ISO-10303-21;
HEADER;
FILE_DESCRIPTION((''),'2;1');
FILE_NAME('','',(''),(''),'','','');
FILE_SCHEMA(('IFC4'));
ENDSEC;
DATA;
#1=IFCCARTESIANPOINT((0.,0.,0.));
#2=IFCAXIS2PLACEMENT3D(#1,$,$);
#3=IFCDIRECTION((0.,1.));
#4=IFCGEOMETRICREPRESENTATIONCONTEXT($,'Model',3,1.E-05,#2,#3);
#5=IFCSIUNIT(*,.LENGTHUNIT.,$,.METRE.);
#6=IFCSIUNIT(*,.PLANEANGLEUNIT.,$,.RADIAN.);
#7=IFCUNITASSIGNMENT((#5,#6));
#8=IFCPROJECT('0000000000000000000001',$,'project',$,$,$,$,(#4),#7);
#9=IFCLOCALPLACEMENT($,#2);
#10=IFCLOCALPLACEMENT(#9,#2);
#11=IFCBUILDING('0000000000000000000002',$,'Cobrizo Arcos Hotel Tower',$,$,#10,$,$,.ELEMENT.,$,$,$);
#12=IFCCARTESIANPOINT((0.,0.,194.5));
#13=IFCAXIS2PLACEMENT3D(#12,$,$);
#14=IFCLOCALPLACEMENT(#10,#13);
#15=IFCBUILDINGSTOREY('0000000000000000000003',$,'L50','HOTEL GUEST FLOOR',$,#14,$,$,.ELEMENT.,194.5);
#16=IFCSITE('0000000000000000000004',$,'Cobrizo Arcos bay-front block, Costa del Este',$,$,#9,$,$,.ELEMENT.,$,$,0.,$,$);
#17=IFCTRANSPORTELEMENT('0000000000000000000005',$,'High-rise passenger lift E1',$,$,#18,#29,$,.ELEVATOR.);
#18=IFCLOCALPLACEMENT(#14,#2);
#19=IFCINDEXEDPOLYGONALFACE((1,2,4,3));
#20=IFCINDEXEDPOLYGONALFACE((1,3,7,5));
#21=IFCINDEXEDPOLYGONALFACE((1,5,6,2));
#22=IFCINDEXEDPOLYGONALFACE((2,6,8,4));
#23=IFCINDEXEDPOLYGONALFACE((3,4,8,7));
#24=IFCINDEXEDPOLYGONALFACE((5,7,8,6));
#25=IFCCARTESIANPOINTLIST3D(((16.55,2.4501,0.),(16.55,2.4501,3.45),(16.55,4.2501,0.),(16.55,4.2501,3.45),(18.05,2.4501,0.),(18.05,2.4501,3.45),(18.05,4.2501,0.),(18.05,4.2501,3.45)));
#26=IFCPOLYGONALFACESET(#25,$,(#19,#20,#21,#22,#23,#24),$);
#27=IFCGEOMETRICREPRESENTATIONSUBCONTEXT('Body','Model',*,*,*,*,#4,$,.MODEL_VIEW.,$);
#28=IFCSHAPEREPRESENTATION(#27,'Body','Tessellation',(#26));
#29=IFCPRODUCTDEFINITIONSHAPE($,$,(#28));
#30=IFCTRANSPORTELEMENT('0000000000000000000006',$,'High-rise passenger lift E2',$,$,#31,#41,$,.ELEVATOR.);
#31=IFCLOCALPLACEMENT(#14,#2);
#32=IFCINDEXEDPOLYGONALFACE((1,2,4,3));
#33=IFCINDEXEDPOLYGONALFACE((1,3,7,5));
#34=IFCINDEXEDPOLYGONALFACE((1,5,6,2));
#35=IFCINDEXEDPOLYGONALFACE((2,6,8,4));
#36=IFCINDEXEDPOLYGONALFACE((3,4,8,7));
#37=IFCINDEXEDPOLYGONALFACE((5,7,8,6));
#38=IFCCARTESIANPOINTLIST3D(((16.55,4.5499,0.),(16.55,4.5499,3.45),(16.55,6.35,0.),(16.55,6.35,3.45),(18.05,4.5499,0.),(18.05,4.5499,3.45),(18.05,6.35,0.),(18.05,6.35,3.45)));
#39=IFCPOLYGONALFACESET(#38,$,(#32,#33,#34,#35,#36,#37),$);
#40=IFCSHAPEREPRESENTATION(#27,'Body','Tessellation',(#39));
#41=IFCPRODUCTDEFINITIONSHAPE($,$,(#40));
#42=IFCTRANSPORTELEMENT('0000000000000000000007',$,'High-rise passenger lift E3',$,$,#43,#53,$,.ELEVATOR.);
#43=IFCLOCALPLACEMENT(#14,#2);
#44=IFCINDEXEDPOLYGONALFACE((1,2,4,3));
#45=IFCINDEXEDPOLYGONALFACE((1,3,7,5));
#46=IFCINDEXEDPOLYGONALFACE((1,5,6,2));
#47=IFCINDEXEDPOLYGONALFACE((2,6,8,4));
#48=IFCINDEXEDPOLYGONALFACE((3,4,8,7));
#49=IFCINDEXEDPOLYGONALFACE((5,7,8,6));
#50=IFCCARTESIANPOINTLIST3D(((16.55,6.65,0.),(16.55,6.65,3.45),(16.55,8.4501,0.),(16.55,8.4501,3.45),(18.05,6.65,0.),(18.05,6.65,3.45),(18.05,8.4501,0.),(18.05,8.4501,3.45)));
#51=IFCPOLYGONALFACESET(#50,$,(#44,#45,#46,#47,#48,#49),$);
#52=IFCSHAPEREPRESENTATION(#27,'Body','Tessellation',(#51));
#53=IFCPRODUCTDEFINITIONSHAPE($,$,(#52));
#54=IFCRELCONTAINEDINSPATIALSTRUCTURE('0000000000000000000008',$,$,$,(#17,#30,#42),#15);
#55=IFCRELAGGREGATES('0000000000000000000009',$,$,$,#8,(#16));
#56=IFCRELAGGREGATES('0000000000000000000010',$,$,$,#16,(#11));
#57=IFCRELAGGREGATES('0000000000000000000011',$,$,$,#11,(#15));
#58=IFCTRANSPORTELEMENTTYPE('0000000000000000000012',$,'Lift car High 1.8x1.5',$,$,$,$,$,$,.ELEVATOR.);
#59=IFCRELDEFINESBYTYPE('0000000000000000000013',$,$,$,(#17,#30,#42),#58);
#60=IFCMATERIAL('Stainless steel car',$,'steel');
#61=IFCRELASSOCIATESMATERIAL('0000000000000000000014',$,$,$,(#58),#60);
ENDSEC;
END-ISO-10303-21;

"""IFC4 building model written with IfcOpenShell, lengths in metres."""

from ifc_helpers import new_model, si_unit, direction, frame, origin, origin_2d, place, context, subcontext, project, spatial, rectangle, extrude, material, type_object, element, save


model = new_model("IFC4")

# Units and contexts
model_context = context("Model", 3, precision=1e-05, world=origin(), true_north=direction((0.0, 1.0)))
body_context = subcontext(model_context, "Body", "Model", "MODEL_VIEW")
ifc_project = project(units=[si_unit("LENGTHUNIT", "METRE"), si_unit("PLANEANGLEUNIT", "RADIAN")], contexts=[model_context])

# Site, building, storey
site_placement = place(None, origin())
site = spatial("IfcSite", under=ifc_project, at=site_placement, Name="Cobrizo Arcos bay-front block, Costa del Este", CompositionType="ELEMENT", RefElevation=0.0)
building_placement = place(site_placement, origin())
building = spatial("IfcBuilding", under=site, at=building_placement, Name="Cobrizo Arcos Hotel Tower", CompositionType="ELEMENT")
storey_placement = place(building_placement, frame((0.0, 0.0, 194.5)))
storey = spatial("IfcBuildingStorey", under=building, at=storey_placement, Name="L50", Description="HOTEL GUEST FLOOR", CompositionType="ELEMENT", Elevation=194.5)

# Transport elements
ifc_material_1 = material(Name="Stainless steel car", Category="steel")
transport_element_type = type_object("IfcTransportElementType", Name="Lift car High 1.8x1.5", PredefinedType="ELEVATOR", material=ifc_material_1)
for number, where, z_axis, x_axis, name in (
    (1, (17.3, 3.3501, 0.0), (0.0, 0.0, 1.0), (1.0, 0.0, 0.0), "High-rise passenger lift E1"),
    (2, (17.3, 5.45, 0.0), (0.0, 0.0, 1.0), (1.0, 0.0, 0.0), "High-rise passenger lift E2"),
    (3, (17.3, 7.55, 0.0), (0.0, 0.0, 1.0), (1.0, 0.0, 0.0), "High-rise passenger lift E3"),
):
    element("IfcTransportElement", number, at=place(storey_placement, frame(where, z_axis=z_axis, x_axis=x_axis)), inside=storey, type_object=transport_element_type, Name=name, PredefinedType="ELEVATOR", context=body_context, shape_type="SweptSolid", body=[
        extrude(rectangle(XDim=1.5, YDim=1.8, at=origin_2d()), origin(), (0.0, 0.0, 1.0), 3.45),
    ])

save(model, "model.ifc")
